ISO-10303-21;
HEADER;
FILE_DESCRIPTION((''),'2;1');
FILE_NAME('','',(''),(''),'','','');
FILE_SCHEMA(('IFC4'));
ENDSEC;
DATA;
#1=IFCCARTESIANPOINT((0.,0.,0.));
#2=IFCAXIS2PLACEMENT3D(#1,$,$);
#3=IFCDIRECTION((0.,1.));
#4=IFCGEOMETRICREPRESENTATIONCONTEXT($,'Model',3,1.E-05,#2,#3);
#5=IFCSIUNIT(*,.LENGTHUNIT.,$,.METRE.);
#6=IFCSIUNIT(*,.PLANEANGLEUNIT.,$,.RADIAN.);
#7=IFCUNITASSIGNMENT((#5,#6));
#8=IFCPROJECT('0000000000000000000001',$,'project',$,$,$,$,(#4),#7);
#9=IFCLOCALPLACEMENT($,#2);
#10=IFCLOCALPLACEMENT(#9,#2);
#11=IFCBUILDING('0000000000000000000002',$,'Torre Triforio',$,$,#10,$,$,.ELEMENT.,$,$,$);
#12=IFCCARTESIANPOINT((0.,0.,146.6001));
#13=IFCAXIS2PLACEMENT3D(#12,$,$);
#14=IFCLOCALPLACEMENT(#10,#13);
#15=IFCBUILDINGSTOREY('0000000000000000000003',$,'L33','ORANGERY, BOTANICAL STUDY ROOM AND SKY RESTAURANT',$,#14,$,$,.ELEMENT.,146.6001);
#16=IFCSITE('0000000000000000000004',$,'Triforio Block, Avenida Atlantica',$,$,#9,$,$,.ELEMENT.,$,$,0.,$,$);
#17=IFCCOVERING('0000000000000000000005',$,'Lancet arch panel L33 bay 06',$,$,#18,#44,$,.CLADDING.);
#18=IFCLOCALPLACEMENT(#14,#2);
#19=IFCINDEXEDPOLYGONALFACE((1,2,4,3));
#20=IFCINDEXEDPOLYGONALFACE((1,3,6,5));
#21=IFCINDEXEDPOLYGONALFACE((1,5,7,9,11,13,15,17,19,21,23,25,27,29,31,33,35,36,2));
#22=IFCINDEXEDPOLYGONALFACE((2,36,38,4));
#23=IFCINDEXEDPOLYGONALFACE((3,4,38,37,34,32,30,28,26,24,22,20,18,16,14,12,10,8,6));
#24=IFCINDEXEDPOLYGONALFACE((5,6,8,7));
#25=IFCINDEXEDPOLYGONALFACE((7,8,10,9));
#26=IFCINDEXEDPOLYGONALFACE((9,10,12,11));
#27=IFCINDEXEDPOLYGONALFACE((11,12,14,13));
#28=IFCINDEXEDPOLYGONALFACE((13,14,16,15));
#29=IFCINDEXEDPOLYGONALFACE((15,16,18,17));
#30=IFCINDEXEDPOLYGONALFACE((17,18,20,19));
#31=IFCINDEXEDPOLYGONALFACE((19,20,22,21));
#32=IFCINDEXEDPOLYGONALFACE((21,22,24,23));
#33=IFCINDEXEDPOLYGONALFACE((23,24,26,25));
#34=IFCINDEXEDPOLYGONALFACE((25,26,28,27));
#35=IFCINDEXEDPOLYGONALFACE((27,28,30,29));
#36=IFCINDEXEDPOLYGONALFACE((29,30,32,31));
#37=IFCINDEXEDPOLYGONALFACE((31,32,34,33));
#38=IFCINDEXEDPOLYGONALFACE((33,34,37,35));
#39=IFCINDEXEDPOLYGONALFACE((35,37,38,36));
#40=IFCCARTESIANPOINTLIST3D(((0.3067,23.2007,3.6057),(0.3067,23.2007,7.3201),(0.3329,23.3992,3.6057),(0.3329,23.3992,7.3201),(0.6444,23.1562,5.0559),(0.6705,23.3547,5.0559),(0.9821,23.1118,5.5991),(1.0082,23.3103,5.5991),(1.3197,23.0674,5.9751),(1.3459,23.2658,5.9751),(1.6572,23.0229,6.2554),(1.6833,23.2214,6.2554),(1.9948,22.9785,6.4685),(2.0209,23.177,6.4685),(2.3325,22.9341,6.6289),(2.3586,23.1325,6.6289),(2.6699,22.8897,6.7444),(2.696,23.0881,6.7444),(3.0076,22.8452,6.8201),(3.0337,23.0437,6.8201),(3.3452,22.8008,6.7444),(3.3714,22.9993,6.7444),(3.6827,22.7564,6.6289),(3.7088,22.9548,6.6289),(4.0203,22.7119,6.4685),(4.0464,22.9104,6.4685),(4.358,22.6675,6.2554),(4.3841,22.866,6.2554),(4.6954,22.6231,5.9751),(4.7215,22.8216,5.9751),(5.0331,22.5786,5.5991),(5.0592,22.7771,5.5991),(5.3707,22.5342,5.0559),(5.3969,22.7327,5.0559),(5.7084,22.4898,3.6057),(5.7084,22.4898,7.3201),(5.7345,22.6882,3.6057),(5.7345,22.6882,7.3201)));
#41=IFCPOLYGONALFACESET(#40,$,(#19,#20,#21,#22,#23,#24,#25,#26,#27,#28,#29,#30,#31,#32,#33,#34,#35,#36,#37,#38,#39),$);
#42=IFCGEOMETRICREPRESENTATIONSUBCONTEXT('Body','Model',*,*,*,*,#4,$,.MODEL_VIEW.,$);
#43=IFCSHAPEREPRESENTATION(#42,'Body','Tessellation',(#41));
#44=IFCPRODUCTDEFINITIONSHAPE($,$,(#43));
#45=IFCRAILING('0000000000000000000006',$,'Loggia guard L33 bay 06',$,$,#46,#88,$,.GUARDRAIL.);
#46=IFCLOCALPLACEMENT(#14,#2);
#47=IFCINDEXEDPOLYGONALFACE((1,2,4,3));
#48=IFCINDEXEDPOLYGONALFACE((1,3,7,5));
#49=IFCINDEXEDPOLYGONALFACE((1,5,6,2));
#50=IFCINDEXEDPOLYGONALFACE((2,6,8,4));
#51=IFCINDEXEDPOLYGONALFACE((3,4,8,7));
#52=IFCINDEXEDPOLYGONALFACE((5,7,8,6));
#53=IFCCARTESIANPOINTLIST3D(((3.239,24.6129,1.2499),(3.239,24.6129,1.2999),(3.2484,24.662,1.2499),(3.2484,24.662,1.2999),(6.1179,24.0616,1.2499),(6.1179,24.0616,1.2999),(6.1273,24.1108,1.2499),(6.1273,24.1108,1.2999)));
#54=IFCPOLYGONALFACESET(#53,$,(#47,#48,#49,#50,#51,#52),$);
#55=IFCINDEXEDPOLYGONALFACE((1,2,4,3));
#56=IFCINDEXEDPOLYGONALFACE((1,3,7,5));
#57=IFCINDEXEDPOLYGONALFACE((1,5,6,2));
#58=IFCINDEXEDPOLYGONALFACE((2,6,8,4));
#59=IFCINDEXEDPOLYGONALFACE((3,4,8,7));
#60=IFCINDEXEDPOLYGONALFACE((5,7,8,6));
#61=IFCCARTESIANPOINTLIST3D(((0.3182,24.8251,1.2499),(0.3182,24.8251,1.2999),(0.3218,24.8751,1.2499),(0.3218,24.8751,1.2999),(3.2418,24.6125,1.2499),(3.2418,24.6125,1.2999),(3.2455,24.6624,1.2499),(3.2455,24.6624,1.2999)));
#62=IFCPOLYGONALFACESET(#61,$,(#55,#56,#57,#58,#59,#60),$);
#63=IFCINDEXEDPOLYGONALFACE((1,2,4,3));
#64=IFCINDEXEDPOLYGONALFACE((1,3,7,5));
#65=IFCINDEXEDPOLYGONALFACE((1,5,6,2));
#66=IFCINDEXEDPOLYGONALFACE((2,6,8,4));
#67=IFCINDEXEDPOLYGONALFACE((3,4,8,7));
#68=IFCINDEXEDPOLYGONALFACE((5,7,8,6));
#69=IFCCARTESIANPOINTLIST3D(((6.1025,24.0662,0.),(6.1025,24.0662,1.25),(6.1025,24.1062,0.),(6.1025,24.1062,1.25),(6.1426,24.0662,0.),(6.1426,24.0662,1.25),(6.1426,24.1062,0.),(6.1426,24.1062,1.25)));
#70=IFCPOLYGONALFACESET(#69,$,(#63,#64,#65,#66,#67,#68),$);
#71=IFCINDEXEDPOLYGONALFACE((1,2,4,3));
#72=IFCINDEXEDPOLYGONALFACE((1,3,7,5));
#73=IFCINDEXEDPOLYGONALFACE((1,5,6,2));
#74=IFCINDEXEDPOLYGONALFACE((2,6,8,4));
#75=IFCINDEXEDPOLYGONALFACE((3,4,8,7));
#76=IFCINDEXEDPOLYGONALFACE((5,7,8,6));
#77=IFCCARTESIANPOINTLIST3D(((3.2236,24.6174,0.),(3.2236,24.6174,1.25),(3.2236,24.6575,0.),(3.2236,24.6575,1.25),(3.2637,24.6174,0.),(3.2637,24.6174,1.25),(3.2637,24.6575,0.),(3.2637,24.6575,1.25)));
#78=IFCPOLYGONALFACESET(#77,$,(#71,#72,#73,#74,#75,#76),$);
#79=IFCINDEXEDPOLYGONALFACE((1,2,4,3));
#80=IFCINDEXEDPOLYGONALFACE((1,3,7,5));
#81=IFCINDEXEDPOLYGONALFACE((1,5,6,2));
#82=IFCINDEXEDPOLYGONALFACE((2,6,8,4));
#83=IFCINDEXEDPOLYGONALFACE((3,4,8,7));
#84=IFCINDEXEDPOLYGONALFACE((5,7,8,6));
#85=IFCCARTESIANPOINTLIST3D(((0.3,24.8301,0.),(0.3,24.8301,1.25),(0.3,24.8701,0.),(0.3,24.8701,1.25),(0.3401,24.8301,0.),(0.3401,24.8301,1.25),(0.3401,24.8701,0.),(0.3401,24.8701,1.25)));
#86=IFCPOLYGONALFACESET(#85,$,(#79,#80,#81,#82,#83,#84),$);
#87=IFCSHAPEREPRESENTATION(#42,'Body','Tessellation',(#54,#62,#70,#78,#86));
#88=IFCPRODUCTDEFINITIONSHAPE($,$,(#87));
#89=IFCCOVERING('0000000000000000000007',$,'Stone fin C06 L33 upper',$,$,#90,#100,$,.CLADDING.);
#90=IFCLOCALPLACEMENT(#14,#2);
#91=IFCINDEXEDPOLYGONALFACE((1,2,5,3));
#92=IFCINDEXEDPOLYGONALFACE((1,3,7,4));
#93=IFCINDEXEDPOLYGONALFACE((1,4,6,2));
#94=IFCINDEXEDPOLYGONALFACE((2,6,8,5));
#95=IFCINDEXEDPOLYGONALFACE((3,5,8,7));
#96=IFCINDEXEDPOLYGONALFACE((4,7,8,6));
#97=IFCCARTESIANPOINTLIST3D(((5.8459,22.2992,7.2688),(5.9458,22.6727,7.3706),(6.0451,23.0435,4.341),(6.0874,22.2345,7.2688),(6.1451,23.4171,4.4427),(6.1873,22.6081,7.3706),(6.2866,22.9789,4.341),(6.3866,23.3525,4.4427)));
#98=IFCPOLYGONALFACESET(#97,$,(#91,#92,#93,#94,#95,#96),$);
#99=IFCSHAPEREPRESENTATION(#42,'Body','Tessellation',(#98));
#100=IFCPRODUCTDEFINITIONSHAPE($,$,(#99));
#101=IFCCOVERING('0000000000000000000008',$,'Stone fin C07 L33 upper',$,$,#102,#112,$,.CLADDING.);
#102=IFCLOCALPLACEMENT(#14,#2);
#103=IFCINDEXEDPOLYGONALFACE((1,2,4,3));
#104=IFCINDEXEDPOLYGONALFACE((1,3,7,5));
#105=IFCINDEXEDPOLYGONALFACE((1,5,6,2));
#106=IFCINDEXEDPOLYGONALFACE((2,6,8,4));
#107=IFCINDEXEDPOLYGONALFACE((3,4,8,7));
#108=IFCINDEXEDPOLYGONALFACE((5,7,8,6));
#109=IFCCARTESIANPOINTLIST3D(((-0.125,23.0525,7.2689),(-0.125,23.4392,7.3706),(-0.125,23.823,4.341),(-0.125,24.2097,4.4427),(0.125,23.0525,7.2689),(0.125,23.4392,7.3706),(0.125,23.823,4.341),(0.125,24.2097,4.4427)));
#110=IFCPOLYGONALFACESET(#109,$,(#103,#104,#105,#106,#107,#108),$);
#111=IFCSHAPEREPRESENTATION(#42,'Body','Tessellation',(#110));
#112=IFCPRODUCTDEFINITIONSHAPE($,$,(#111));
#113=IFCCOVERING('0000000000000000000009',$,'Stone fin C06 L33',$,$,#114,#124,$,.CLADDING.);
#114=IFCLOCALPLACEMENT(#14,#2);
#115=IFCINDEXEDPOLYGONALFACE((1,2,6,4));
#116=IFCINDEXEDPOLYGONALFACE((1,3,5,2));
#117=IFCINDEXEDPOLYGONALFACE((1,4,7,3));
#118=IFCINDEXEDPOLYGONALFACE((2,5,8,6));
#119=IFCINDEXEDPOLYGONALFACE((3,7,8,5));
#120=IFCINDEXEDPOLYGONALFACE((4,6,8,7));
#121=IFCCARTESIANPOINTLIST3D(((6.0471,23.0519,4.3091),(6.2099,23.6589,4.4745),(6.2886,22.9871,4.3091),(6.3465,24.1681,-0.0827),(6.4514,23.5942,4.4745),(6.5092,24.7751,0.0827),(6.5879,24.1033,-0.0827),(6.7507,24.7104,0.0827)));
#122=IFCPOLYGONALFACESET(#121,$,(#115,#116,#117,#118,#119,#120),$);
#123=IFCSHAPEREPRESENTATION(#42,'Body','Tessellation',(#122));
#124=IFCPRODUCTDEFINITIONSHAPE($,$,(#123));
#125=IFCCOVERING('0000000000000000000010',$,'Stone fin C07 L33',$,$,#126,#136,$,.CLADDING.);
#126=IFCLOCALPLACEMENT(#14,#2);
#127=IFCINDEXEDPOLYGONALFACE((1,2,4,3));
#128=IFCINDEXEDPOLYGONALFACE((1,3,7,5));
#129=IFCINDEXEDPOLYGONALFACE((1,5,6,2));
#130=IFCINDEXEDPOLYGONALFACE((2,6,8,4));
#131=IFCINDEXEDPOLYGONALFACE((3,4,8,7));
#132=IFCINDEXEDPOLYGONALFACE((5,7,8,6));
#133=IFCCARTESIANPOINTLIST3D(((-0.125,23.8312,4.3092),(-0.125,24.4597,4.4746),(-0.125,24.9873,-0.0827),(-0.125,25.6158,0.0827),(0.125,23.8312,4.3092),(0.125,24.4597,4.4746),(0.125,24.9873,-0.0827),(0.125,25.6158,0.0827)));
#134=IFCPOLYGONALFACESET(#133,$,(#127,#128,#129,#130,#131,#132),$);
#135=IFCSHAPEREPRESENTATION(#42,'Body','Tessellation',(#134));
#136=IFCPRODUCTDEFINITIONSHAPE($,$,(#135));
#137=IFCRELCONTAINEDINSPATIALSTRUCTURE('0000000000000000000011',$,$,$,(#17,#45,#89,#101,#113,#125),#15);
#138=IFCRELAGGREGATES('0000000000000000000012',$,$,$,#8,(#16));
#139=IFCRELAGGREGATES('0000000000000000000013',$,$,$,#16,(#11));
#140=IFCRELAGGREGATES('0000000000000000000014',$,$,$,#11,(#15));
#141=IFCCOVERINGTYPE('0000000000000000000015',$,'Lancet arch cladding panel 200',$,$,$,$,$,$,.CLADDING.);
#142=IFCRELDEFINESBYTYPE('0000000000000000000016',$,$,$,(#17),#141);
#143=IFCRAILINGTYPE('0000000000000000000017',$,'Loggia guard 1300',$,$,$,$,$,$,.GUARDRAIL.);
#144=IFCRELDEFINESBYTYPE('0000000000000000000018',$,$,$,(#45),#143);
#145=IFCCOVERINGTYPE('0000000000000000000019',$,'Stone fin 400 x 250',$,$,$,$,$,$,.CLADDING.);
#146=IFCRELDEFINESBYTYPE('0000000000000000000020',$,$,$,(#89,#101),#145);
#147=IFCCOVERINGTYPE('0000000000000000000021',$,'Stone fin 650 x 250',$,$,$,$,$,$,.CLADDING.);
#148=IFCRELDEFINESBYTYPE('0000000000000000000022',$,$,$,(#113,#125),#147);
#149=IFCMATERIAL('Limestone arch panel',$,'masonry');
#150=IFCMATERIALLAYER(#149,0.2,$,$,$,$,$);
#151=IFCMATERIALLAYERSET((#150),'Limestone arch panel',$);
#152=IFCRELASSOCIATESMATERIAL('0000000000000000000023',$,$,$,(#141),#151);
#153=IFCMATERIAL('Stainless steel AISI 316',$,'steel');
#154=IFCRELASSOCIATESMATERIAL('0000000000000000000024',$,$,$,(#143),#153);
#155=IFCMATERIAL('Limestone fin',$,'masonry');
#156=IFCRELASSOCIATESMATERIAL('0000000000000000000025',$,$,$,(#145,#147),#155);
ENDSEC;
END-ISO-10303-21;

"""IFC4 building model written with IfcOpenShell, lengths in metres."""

from ifc_helpers import new_model, si_unit, direction, frame, origin, origin_2d, place, context, subcontext, project, spatial, polyline, rectangle, outline, extrude, material, layer, layer_set, material_profile, profile_set, type_object, element, save


model = new_model("IFC4")

# Units and contexts
model_context = context("Model", 3, precision=1e-05, world=origin(), true_north=direction((0.0, 1.0)))
body_context = subcontext(model_context, "Body", "Model", "MODEL_VIEW")
ifc_project = project(units=[si_unit("LENGTHUNIT", "METRE"), si_unit("PLANEANGLEUNIT", "RADIAN")], contexts=[model_context])

# Site, building, storey
site_placement = place(None, origin())
site = spatial("IfcSite", under=ifc_project, at=site_placement, Name="Triforio Block, Avenida Atlantica", CompositionType="ELEMENT", RefElevation=0.0)
building_placement = place(site_placement, origin())
building = spatial("IfcBuilding", under=site, at=building_placement, Name="Torre Triforio", CompositionType="ELEMENT")
storey_placement = place(building_placement, frame((0.0, 0.0, 146.6001)))
storey = spatial("IfcBuildingStorey", under=building, at=storey_placement, Name="L33", Description="ORANGERY, BOTANICAL STUDY ROOM AND SKY RESTAURANT", CompositionType="ELEMENT", Elevation=146.6001)

# Covering
ifc_material_1 = material(Name="Limestone arch panel", Category="masonry")
ifc_layer_1 = layer(ifc_material_1, 0.2)
ifc_layer_set_1 = layer_set([ifc_layer_1], Name="Limestone arch panel")
covering_type_1 = type_object("IfcCoveringType", Name="Lancet arch cladding panel 200", PredefinedType="CLADDING", material=ifc_layer_set_1)
covering_1_placement = place(storey_placement, frame((3.0076, 22.8452, 0.0), z_axis=(0.130486, 0.99145, 0.0), x_axis=(-0.99145, 0.130486, 0.0)))
element("IfcCovering", 1, at=covering_1_placement, inside=storey, type_object=covering_type_1, Name="Lancet arch panel L33 bay 06", PredefinedType="CLADDING", context=body_context, shape_type="SweptSolid", body=[
    extrude(outline(polyline([(-2.7241, 7.3201), (-2.7241, 3.6057), (-2.3835, 5.0559), (-2.043, 5.5991), (-1.7024, 5.9751), (-1.3621, 6.2554), (-1.0215, 6.4685), (-0.6809, 6.6289), (-0.3406, 6.7444), (0.0, 6.8201), (0.3406, 6.7444), (0.6809, 6.6289), (1.0215, 6.4685), (1.3621, 6.2554), (1.7024, 5.9751), (2.043, 5.5991), (2.3835, 5.0559), (2.7241, 3.6057), (2.7241, 7.3201), (-2.7241, 7.3201)])), origin(), (0.0, 0.0, 1.0), 0.2002),
])

# Railing
ifc_material_2 = material(Name="Stainless steel AISI 316", Category="steel")
railing_type = type_object("IfcRailingType", Name="Loggia guard 1300", PredefinedType="GUARDRAIL", material=ifc_material_2)
railing_placement = place(storey_placement, frame((6.1226, 24.0862, 0.0)))
element("IfcRailing", 2, at=railing_placement, inside=storey, type_object=railing_type, Name="Loggia guard L33 bay 06", PredefinedType="GUARDRAIL", context=body_context, shape_type="SweptSolid", body=[
    extrude(rectangle(XDim=0.05, YDim=0.05, at=origin_2d()), frame((0.0, 0.0, 1.2749), z_axis=(-0.982156, 0.188069, 0.0), x_axis=(-0.188069, -0.982156, 0.0)), (0.0, 0.0, 1.0), 2.9312),
    extrude(rectangle(XDim=0.05, YDim=0.05, at=origin_2d()), frame((-2.8789, 0.5513, 1.2749), z_axis=(-0.997365, 0.072543, 0.0), x_axis=(-0.072543, -0.997365, 0.0)), (0.0, 0.0, 1.0), 2.9314),
    extrude(rectangle(XDim=0.04, YDim=0.04, at=origin_2d()), origin(), (0.0, 0.0, 1.0), 1.25),
    extrude(rectangle(XDim=0.04, YDim=0.04, at=origin_2d()), frame((-2.8789, 0.5513, 0.0)), (0.0, 0.0, 1.0), 1.25),
    extrude(rectangle(XDim=0.04, YDim=0.04, at=origin_2d()), frame((-5.8025, 0.7639, 0.0)), (0.0, 0.0, 1.0), 1.25),
])

# Coverings
ifc_material_3 = material(Name="Limestone fin", Category="masonry")
ifc_material_profile_1 = material_profile(ifc_material_3, rectangle(XDim=0.3999, YDim=0.25, at=origin_2d()), Name="FIN 400x250")
ifc_profile_set_1 = profile_set([ifc_material_profile_1], Name="Limestone fin")
covering_type_2 = type_object("IfcCoveringType", Name="Stone fin 400 x 250", PredefinedType="CLADDING", material=ifc_profile_set_1)
for number, where, z_axis, x_axis, name in (
    (3, (6.2158, 23.198, 4.3918), (-0.065799, -0.24586, 0.96707), (0.250017, 0.934192, 0.254512), "Stone fin C06 L33 upper"),
    (4, (0.0, 24.0164, 4.3918), (0.0, -0.254489, 0.967076), (0.0, 0.967076, 0.254489), "Stone fin C07 L33 upper"),
):
    element("IfcCovering", number, at=place(storey_placement, frame(where, z_axis=z_axis, x_axis=x_axis)), inside=storey, type_object=covering_type_2, Name=name, PredefinedType="CLADDING", context=body_context, shape_type="SweptSolid", body=[
        extrude(rectangle(XDim=0.3999, YDim=0.25, at=origin_2d()), origin(), (0.0, 0.0, 1.0), 3.0276),
    ])
ifc_material_profile_2 = material_profile(ifc_material_3, rectangle(XDim=0.6499, YDim=0.25, at=origin_2d()), Name="FIN 650x250")
ifc_profile_set_2 = profile_set([ifc_material_profile_2], Name="Limestone fin")
covering_type_3 = type_object("IfcCoveringType", Name="Stone fin 650 x 250", PredefinedType="CLADDING", material=ifc_profile_set_2)
covering_2_placement = place(storey_placement, frame((6.5486, 24.4392, 0.0), z_axis=(-0.065909, -0.245789, 0.96708), x_axis=(0.250477, 0.93408, 0.254472)))
element("IfcCovering", 5, at=covering_2_placement, inside=storey, type_object=covering_type_3, Name="Stone fin C06 L33", PredefinedType="CLADDING", context=body_context, shape_type="SweptSolid", body=[
    extrude(rectangle(XDim=0.6499, YDim=0.25, at=origin_2d()), origin(), (0.0, 0.0, 1.0), 4.5413),
])
covering_3_placement = place(storey_placement, frame((0.0, 25.3015, 0.0), z_axis=(0.0, -0.254546, 0.967061), x_axis=(0.0, 0.967061, 0.254546)))
element("IfcCovering", 6, at=covering_3_placement, inside=storey, type_object=covering_type_3, Name="Stone fin C07 L33", PredefinedType="CLADDING", context=body_context, shape_type="SweptSolid", body=[
    extrude(rectangle(XDim=0.6499, YDim=0.25, at=origin_2d()), origin(), (0.0, 0.0, 1.0), 4.5415),
])

save(model, "model.ifc")
